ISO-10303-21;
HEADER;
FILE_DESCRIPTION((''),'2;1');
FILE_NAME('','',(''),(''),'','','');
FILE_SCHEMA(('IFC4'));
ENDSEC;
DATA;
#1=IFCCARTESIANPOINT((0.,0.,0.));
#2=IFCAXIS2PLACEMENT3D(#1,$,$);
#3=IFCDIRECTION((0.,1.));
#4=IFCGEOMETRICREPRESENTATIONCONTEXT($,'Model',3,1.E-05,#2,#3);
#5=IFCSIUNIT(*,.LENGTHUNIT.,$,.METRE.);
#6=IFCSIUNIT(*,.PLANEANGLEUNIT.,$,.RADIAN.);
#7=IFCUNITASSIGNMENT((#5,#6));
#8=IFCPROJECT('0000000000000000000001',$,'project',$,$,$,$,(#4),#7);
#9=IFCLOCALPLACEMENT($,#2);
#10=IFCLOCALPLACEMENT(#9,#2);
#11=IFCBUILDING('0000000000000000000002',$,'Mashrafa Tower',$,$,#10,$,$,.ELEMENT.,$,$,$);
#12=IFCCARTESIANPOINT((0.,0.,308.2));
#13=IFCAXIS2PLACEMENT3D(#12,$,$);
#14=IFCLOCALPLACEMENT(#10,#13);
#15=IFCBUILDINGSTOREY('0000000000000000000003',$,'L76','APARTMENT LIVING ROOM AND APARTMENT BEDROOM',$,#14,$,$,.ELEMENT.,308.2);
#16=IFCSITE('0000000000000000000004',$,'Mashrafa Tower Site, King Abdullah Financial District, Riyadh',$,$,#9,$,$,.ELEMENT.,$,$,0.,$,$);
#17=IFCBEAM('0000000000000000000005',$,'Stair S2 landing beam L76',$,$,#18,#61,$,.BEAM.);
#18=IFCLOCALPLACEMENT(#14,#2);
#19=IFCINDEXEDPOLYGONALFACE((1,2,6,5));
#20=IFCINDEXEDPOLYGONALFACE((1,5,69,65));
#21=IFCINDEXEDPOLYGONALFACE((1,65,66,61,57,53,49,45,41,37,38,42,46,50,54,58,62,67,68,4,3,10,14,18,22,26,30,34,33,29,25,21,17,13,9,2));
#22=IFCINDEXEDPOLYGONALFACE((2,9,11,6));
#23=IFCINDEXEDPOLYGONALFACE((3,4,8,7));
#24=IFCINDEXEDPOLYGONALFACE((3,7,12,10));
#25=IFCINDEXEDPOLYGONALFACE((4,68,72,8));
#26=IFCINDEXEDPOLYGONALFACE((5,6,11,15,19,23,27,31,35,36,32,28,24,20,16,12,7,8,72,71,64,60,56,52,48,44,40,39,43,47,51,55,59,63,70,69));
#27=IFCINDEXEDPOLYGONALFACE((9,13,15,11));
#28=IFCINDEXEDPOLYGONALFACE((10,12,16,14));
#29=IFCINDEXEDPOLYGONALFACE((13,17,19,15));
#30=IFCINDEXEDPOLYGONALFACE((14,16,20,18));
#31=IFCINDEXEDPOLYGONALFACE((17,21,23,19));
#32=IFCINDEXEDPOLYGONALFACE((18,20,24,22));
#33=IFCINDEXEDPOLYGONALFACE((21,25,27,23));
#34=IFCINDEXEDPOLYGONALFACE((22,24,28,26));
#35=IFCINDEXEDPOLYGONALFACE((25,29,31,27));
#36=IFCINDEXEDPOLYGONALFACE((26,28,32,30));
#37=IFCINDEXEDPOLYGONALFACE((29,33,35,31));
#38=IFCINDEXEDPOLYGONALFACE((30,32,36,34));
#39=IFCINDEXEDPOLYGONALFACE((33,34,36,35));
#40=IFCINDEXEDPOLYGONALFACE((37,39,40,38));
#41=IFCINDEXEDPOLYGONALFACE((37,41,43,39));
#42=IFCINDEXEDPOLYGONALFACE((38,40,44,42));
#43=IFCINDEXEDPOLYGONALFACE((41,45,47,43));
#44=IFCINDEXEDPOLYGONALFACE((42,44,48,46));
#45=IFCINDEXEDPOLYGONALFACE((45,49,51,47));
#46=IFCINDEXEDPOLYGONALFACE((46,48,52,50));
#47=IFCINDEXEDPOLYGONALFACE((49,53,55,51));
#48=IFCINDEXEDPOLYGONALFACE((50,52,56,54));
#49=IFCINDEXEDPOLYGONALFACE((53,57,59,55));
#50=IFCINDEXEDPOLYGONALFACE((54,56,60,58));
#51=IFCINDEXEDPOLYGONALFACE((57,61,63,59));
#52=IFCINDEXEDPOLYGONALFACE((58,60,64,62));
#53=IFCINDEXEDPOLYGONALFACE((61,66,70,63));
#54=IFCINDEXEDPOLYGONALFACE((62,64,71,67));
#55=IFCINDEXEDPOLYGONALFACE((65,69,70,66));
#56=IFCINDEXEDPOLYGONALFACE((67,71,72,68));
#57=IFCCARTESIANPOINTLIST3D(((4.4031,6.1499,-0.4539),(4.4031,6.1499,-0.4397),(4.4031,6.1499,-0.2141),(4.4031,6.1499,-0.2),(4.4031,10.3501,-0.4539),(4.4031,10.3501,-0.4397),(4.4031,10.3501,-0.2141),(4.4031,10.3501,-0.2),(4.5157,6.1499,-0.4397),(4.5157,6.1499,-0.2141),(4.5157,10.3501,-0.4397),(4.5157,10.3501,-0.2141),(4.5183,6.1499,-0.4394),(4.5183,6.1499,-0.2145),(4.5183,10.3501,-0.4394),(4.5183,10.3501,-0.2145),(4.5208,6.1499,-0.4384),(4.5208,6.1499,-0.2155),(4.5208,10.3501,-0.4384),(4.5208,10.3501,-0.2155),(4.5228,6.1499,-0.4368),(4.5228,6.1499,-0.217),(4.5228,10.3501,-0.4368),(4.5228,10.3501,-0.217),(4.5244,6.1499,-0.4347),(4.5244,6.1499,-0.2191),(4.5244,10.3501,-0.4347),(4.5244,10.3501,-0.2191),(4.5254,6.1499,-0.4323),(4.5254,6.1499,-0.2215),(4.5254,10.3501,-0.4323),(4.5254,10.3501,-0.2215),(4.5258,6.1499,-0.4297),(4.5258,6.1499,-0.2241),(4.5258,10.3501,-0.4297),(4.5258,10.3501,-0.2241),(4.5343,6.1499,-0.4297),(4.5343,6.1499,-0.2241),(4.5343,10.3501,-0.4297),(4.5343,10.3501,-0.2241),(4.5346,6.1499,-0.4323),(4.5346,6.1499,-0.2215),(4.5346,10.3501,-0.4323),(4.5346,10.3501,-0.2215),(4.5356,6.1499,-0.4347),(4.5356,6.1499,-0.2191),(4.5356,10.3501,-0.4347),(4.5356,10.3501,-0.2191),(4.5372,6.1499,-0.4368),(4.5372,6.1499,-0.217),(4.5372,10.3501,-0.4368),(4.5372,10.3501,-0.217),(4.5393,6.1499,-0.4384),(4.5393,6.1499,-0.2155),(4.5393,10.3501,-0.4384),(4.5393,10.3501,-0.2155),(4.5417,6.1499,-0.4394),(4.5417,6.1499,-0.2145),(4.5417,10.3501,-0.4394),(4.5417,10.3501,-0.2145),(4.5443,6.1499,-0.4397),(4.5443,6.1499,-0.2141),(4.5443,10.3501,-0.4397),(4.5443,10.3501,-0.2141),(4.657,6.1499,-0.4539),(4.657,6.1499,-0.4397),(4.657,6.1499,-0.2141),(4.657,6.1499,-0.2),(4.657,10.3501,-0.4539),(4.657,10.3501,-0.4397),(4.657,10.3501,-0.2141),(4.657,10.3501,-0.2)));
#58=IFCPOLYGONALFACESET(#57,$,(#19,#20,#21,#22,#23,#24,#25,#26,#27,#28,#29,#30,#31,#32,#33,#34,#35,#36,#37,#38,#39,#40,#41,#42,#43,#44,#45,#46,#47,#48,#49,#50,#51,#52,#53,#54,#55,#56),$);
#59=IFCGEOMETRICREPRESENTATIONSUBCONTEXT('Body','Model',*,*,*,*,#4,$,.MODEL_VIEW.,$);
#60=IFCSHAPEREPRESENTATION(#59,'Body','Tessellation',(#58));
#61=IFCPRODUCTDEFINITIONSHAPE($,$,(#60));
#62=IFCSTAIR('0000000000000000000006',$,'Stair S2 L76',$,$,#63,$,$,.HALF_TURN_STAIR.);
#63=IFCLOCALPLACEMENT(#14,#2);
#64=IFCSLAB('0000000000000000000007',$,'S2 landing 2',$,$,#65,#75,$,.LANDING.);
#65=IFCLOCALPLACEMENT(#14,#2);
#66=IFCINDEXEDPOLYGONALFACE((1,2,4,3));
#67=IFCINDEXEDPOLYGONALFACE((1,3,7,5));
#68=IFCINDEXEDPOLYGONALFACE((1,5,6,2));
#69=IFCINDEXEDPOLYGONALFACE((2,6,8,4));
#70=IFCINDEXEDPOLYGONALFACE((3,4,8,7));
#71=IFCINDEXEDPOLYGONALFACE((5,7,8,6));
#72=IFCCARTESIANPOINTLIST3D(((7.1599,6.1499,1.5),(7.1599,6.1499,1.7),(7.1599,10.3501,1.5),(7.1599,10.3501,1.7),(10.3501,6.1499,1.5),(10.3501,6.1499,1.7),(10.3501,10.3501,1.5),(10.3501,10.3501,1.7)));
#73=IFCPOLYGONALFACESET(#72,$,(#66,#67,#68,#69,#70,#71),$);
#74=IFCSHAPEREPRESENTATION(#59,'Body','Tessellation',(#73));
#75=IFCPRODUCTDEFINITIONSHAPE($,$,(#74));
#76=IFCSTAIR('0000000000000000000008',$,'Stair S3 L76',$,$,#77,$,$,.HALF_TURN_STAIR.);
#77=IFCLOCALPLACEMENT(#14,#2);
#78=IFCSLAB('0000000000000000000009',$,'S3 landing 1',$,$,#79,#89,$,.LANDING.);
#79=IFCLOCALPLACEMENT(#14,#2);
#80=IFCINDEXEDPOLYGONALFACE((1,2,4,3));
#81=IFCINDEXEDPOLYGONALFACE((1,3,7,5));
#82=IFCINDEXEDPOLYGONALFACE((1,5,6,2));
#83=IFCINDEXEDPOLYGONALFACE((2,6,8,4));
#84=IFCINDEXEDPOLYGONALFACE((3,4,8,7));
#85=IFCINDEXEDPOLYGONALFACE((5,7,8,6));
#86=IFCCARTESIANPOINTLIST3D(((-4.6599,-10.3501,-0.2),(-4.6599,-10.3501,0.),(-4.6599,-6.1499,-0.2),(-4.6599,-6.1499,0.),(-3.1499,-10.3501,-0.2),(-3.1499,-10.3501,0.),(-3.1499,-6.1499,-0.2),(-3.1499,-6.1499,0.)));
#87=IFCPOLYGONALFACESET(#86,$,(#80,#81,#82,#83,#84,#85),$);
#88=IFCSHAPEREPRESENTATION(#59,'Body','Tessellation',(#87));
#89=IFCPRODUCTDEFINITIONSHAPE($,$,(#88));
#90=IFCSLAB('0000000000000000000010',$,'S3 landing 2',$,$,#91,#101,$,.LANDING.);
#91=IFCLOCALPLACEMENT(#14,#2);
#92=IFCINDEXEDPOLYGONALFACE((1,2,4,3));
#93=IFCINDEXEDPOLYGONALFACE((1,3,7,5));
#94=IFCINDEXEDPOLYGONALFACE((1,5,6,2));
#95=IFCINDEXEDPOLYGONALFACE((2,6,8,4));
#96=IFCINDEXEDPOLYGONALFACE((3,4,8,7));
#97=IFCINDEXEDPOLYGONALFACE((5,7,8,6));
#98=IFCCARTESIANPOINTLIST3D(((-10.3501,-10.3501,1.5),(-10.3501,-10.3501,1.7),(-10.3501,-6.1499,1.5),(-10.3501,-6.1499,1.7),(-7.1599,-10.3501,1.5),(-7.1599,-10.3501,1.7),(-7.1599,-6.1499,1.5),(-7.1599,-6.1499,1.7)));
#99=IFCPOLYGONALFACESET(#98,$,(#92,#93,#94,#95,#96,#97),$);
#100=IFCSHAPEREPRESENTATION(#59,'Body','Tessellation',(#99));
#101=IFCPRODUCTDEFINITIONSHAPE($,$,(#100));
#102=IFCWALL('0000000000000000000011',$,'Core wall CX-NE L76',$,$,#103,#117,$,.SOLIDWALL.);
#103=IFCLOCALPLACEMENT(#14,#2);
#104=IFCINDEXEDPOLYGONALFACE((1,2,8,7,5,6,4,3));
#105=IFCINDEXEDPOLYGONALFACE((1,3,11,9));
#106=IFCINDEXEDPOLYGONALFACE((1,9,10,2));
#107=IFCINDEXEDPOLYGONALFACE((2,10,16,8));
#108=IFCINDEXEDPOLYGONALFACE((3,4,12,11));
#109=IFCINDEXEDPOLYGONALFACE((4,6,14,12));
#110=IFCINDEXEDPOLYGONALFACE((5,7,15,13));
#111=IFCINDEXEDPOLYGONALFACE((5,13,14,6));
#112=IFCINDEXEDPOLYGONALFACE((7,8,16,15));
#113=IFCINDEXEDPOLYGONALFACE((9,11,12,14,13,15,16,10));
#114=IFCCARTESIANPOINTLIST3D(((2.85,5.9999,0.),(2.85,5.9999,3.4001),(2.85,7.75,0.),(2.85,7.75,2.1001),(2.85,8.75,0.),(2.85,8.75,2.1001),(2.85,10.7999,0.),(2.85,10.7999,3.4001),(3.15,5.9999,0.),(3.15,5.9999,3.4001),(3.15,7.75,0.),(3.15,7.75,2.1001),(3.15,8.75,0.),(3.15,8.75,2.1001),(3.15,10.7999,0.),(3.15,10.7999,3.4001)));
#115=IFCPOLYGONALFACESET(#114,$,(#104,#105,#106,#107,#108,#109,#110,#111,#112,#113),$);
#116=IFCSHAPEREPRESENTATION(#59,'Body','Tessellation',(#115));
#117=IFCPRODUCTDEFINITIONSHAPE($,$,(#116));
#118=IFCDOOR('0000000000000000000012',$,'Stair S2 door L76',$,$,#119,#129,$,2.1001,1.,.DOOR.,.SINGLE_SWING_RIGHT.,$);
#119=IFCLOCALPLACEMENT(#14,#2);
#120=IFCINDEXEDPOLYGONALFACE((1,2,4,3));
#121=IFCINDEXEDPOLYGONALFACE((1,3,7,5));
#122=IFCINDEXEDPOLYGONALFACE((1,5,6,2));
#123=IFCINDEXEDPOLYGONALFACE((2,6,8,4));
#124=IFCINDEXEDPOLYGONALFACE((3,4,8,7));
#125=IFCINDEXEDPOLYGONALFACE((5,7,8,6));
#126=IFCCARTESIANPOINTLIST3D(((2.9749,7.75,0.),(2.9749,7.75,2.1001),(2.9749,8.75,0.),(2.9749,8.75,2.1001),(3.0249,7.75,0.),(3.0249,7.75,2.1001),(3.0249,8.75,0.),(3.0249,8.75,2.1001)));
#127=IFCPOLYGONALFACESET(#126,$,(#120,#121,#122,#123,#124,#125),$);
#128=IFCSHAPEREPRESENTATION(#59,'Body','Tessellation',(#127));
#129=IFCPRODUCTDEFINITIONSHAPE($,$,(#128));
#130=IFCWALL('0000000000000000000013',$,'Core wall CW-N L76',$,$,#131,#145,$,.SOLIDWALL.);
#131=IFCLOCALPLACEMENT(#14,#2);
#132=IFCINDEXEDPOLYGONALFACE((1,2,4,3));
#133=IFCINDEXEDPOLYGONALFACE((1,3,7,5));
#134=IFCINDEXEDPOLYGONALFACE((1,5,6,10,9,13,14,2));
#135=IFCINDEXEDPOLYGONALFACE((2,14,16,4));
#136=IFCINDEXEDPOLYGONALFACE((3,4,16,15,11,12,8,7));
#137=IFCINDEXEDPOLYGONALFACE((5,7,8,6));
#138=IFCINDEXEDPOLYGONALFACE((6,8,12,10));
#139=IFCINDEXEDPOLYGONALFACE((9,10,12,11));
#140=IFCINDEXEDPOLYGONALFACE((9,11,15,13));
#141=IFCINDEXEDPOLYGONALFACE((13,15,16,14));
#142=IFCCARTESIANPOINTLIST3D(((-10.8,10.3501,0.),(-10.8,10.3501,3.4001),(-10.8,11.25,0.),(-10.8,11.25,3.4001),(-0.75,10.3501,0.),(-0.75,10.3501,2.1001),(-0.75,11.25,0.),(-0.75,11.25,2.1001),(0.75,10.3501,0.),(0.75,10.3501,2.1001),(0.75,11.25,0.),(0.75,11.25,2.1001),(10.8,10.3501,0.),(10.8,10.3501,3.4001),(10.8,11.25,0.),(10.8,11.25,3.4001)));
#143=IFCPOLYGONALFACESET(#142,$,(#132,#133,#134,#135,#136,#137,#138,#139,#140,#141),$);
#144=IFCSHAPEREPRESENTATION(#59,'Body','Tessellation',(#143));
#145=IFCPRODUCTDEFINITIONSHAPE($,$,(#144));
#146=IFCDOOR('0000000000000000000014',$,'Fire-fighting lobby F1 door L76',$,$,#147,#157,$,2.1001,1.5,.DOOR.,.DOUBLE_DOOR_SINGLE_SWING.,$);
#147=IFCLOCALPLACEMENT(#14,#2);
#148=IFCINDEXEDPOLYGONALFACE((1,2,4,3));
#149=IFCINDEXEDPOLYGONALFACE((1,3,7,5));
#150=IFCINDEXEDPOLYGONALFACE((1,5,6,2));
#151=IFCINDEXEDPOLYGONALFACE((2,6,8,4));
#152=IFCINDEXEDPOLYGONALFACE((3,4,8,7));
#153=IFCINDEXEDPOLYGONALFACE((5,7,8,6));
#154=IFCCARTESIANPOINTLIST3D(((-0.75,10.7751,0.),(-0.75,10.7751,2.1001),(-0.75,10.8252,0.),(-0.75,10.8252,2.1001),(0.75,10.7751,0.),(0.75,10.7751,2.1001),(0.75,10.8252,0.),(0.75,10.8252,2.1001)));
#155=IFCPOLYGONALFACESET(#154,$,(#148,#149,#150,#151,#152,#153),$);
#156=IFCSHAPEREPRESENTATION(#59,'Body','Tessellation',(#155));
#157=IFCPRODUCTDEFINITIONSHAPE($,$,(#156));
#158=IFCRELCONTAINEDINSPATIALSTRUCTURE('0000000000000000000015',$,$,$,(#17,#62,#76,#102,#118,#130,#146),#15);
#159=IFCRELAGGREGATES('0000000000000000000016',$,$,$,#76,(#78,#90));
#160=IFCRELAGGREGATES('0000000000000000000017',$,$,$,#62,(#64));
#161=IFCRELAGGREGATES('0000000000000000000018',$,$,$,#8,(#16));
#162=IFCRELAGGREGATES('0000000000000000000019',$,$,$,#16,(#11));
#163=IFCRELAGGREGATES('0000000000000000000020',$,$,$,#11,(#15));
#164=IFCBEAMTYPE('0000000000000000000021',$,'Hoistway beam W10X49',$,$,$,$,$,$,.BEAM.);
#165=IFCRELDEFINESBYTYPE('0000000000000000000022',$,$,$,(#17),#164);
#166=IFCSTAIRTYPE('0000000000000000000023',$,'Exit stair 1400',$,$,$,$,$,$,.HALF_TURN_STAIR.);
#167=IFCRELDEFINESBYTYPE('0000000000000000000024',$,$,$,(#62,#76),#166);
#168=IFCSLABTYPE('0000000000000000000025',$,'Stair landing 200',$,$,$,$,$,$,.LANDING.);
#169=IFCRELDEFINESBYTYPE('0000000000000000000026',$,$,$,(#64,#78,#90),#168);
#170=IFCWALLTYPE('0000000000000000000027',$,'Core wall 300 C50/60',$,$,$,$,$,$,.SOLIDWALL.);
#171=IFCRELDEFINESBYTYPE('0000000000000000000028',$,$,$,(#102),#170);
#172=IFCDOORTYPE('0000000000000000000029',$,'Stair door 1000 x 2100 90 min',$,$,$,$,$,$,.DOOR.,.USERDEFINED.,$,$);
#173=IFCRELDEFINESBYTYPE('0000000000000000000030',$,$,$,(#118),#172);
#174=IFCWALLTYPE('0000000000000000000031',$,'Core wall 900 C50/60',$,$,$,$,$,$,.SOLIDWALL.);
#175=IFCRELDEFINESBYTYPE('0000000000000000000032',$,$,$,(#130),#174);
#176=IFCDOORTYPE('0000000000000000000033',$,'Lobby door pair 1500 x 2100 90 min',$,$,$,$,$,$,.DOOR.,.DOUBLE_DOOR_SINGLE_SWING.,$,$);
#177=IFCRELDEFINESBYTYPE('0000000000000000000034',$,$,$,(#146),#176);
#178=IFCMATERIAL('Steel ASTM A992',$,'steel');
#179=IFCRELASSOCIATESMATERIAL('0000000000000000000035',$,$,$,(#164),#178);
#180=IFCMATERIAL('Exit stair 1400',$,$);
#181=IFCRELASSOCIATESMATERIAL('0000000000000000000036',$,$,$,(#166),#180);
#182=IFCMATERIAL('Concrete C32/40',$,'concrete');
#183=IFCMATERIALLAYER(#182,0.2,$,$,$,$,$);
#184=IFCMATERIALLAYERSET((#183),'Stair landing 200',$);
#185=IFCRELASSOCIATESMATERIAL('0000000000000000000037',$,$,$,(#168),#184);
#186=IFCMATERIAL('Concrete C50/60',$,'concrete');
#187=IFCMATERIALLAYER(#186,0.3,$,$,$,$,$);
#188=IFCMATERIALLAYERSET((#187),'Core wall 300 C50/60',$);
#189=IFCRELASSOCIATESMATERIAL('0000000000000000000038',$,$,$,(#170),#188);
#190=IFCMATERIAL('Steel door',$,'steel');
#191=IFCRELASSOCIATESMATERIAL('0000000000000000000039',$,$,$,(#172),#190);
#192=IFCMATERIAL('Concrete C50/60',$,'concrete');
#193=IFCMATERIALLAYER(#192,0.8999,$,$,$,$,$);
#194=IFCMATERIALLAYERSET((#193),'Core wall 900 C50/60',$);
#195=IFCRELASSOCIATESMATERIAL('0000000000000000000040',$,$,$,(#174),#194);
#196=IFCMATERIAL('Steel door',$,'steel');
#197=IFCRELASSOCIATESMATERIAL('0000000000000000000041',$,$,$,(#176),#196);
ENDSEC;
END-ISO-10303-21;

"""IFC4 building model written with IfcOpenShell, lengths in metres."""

from ifc_helpers import new_model, si_unit, direction, frame, frame_2d, origin, origin_2d, place, context, subcontext, project, spatial, polyline, rectangle, i_section, outline, extrude, material, layer, layer_set, material_profile, profile_set, type_object, element, fill, aggregate, save


model = new_model("IFC4")

# Units and contexts
model_context = context("Model", 3, precision=1e-05, world=origin(), true_north=direction((0.0, 1.0)))
body_context = subcontext(model_context, "Body", "Model", "MODEL_VIEW")
ifc_project = project(units=[si_unit("LENGTHUNIT", "METRE"), si_unit("PLANEANGLEUNIT", "RADIAN")], contexts=[model_context])

# Site, building, storey
site_placement = place(None, origin())
site = spatial("IfcSite", under=ifc_project, at=site_placement, Name="Mashrafa Tower Site, King Abdullah Financial District, Riyadh", CompositionType="ELEMENT", RefElevation=0.0)
building_placement = place(site_placement, origin())
building = spatial("IfcBuilding", under=site, at=building_placement, Name="Mashrafa Tower", CompositionType="ELEMENT")
storey_placement = place(building_placement, frame((0.0, 0.0, 308.2)))
storey = spatial("IfcBuildingStorey", under=building, at=storey_placement, Name="L76", Description="APARTMENT LIVING ROOM AND APARTMENT BEDROOM", CompositionType="ELEMENT", Elevation=308.2)

# Beam
ifc_material_1 = material(Name="Steel ASTM A992", Category="steel")
ifc_material_profile_1 = material_profile(ifc_material_1, i_section(OverallWidth=0.2539, OverallDepth=0.2539, WebThickness=0.0085, FlangeThickness=0.0142, FilletRadius=0.01, at=origin_2d()), Name="W10X49")
ifc_profile_set_1 = profile_set([ifc_material_profile_1], Name="Steel ASTM A992")
beam_type_1 = type_object("IfcBeamType", Name="Hoistway beam W10X49", PredefinedType="BEAM", material=ifc_profile_set_1)
beam_1_placement = place(storey_placement, frame((4.53, 6.1499, -0.3269), z_axis=(0.0, 1.0, 0.0), x_axis=(-1.0, 0.0, 0.0)))
element("IfcBeam", 1, at=beam_1_placement, inside=storey, type_object=beam_type_1, Name="Stair S2 landing beam L76", PredefinedType="BEAM", context=body_context, shape_type="SweptSolid", body=[
    extrude(i_section(OverallWidth=0.2539, OverallDepth=0.2539, WebThickness=0.0085, FlangeThickness=0.0142, FilletRadius=0.01, at=origin_2d()), origin(), (0.0, 0.0, 1.0), 4.2002),
])

# Stair, slab
ifc_material_2 = material(Name="Exit stair 1400")
stair_type = type_object("IfcStairType", Name="Exit stair 1400", PredefinedType="HALF_TURN_STAIR", material=ifc_material_2)
stair_1_placement = place(storey_placement, origin())
stair_1 = element("IfcStair", 2, at=stair_1_placement, inside=storey, type_object=stair_type, Name="Stair S2 L76", PredefinedType="HALF_TURN_STAIR")
ifc_material_3 = material(Name="Concrete C32/40", Category="concrete")
ifc_layer_1 = layer(ifc_material_3, 0.2)
ifc_layer_set_1 = layer_set([ifc_layer_1], Name="Stair landing 200")
slab_type = type_object("IfcSlabType", Name="Stair landing 200", PredefinedType="LANDING", material=ifc_layer_set_1)
slab_1_placement = place(storey_placement, frame((0.0, 0.0, 1.5)))
slab_1 = element("IfcSlab", 3, at=slab_1_placement, type_object=slab_type, Name="S2 landing 2", PredefinedType="LANDING", context=body_context, shape_type="SweptSolid", body=[
    extrude(outline(polyline([(7.1599, 6.1499), (10.3501, 6.1499), (10.3501, 10.3501), (7.1599, 10.3501), (7.1599, 6.1499)])), origin(), (0.0, 0.0, 1.0), 0.2),
])

# Stair, slabs
stair_2_placement = place(storey_placement, origin())
stair_2 = element("IfcStair", 4, at=stair_2_placement, inside=storey, type_object=stair_type, Name="Stair S3 L76", PredefinedType="HALF_TURN_STAIR")
slab_2_placement = place(storey_placement, frame((0.0, 0.0, -0.2)))
slab_2 = element("IfcSlab", 5, at=slab_2_placement, type_object=slab_type, Name="S3 landing 1", PredefinedType="LANDING", context=body_context, shape_type="SweptSolid", body=[
    extrude(outline(polyline([(-4.6599, -10.3501), (-3.1499, -10.3501), (-3.1499, -6.1499), (-4.6599, -6.1499), (-4.6599, -10.3501)])), origin(), (0.0, 0.0, 1.0), 0.2),
])
slab_3_placement = place(storey_placement, frame((0.0, 0.0, 1.5)))
slab_3 = element("IfcSlab", 6, at=slab_3_placement, type_object=slab_type, Name="S3 landing 2", PredefinedType="LANDING", context=body_context, shape_type="SweptSolid", body=[
    extrude(outline(polyline([(-10.3501, -10.3501), (-7.1599, -10.3501), (-7.1599, -6.1499), (-10.3501, -6.1499), (-10.3501, -10.3501)])), origin(), (0.0, 0.0, 1.0), 0.2),
])
aggregate(stair_2, [slab_2, slab_3])

# Walls, openings, doors
ifc_material_4 = material(Name="Concrete C50/60", Category="concrete")
ifc_layer_2 = layer(ifc_material_4, 0.3)
ifc_layer_set_2 = layer_set([ifc_layer_2], Name="Core wall 300 C50/60")
wall_type_1 = type_object("IfcWallType", Name="Core wall 300 C50/60", PredefinedType="SOLIDWALL", material=ifc_layer_set_2)
wall_1_placement = place(storey_placement, frame((3.0, 6.0, 0.0), z_axis=(0.0, 0.0, 1.0), x_axis=(0.0, 1.0, 0.0)))
wall_1 = element("IfcWall", 7, at=wall_1_placement, inside=storey, type_object=wall_type_1, Name="Core wall CX-NE L76", PredefinedType="SOLIDWALL", context=body_context, shape_type="SweptSolid", body=[
    extrude(rectangle(XDim=4.8, YDim=0.3, at=frame_2d((2.3999, 0.0))), origin(), (0.0, 0.0, 1.0), 3.4001),
])
opening_1_placement = place(wall_1_placement, frame((1.75, 0.0, 0.0)))
opening_1 = element("IfcOpeningElement", 8, at=opening_1_placement, cuts=wall_1, PredefinedType="OPENING", context=body_context, shape_type="SweptSolid", body=[
    extrude(rectangle(XDim=1.0, YDim=2.1001, at=frame_2d((0.5, 1.05))), frame((0.0, 0.1599, 0.0), z_axis=(0.0, -1.0, 0.0), x_axis=(1.0, 0.0, 0.0)), (0.0, 0.0, 1.0), 0.3201),
])
ifc_material_5 = material(Name="Steel door", Category="steel")
door_type_1 = type_object("IfcDoorType", Name="Stair door 1000 x 2100 90 min", OperationType="USERDEFINED", PredefinedType="DOOR", material=ifc_material_5)
door_1_placement = place(opening_1_placement, frame((1.0, 0.0, 0.0), z_axis=(0.0, 0.0, 1.0), x_axis=(-1.0, 0.0, 0.0)))
door_1 = element("IfcDoor", 9, at=door_1_placement, inside=storey, type_object=door_type_1, Name="Stair S2 door L76", OperationType="SINGLE_SWING_RIGHT", OverallHeight=2.1001, OverallWidth=1.0, PredefinedType="DOOR", context=body_context, shape_type="SweptSolid", body=[
    extrude(rectangle(XDim=1.0, YDim=2.1001, at=frame_2d((0.5, 1.05))), frame((0.0, 0.0249, 0.0), z_axis=(0.0, -1.0, 0.0), x_axis=(1.0, 0.0, 0.0)), (0.0, 0.0, 1.0), 0.05),
])
fill(opening_1, door_1)
ifc_material_6 = material(Name="Concrete C50/60", Category="concrete")
ifc_layer_3 = layer(ifc_material_6, 0.8999)
ifc_layer_set_3 = layer_set([ifc_layer_3], Name="Core wall 900 C50/60")
wall_type_2 = type_object("IfcWallType", Name="Core wall 900 C50/60", PredefinedType="SOLIDWALL", material=ifc_layer_set_3)
wall_2_placement = place(storey_placement, frame((10.8, 10.8, 0.0), z_axis=(0.0, 0.0, 1.0), x_axis=(-1.0, 0.0, 0.0)))
wall_2 = element("IfcWall", 10, at=wall_2_placement, inside=storey, type_object=wall_type_2, Name="Core wall CW-N L76", PredefinedType="SOLIDWALL", context=body_context, shape_type="SweptSolid", body=[
    extrude(rectangle(XDim=21.6001, YDim=0.8999, at=frame_2d((10.8, 0.0))), origin(), (0.0, 0.0, 1.0), 3.4001),
])
opening_2_placement = place(wall_2_placement, frame((10.05, 0.0, 0.0)))
opening_2 = element("IfcOpeningElement", 11, at=opening_2_placement, cuts=wall_2, PredefinedType="OPENING", context=body_context, shape_type="SweptSolid", body=[
    extrude(rectangle(XDim=1.5, YDim=2.1001, at=frame_2d((0.75, 1.05))), frame((0.0, 0.46, 0.0), z_axis=(0.0, -1.0, 0.0), x_axis=(1.0, 0.0, 0.0)), (0.0, 0.0, 1.0), 0.9199),
])
ifc_material_7 = material(Name="Steel door", Category="steel")
door_type_2 = type_object("IfcDoorType", Name="Lobby door pair 1500 x 2100 90 min", OperationType="DOUBLE_DOOR_SINGLE_SWING", PredefinedType="DOOR", material=ifc_material_7)
door_2_placement = place(opening_2_placement, origin())
door_2 = element("IfcDoor", 12, at=door_2_placement, inside=storey, type_object=door_type_2, Name="Fire-fighting lobby F1 door L76", OperationType="DOUBLE_DOOR_SINGLE_SWING", OverallHeight=2.1001, OverallWidth=1.5, PredefinedType="DOOR", context=body_context, shape_type="SweptSolid", body=[
    extrude(rectangle(XDim=1.5, YDim=2.1001, at=frame_2d((0.75, 1.05))), frame((0.0, 0.0249, 0.0), z_axis=(0.0, -1.0, 0.0), x_axis=(1.0, 0.0, 0.0)), (0.0, 0.0, 1.0), 0.05),
])
fill(opening_2, door_2)

aggregate(stair_1, [slab_1])

save(model, "model.ifc")
